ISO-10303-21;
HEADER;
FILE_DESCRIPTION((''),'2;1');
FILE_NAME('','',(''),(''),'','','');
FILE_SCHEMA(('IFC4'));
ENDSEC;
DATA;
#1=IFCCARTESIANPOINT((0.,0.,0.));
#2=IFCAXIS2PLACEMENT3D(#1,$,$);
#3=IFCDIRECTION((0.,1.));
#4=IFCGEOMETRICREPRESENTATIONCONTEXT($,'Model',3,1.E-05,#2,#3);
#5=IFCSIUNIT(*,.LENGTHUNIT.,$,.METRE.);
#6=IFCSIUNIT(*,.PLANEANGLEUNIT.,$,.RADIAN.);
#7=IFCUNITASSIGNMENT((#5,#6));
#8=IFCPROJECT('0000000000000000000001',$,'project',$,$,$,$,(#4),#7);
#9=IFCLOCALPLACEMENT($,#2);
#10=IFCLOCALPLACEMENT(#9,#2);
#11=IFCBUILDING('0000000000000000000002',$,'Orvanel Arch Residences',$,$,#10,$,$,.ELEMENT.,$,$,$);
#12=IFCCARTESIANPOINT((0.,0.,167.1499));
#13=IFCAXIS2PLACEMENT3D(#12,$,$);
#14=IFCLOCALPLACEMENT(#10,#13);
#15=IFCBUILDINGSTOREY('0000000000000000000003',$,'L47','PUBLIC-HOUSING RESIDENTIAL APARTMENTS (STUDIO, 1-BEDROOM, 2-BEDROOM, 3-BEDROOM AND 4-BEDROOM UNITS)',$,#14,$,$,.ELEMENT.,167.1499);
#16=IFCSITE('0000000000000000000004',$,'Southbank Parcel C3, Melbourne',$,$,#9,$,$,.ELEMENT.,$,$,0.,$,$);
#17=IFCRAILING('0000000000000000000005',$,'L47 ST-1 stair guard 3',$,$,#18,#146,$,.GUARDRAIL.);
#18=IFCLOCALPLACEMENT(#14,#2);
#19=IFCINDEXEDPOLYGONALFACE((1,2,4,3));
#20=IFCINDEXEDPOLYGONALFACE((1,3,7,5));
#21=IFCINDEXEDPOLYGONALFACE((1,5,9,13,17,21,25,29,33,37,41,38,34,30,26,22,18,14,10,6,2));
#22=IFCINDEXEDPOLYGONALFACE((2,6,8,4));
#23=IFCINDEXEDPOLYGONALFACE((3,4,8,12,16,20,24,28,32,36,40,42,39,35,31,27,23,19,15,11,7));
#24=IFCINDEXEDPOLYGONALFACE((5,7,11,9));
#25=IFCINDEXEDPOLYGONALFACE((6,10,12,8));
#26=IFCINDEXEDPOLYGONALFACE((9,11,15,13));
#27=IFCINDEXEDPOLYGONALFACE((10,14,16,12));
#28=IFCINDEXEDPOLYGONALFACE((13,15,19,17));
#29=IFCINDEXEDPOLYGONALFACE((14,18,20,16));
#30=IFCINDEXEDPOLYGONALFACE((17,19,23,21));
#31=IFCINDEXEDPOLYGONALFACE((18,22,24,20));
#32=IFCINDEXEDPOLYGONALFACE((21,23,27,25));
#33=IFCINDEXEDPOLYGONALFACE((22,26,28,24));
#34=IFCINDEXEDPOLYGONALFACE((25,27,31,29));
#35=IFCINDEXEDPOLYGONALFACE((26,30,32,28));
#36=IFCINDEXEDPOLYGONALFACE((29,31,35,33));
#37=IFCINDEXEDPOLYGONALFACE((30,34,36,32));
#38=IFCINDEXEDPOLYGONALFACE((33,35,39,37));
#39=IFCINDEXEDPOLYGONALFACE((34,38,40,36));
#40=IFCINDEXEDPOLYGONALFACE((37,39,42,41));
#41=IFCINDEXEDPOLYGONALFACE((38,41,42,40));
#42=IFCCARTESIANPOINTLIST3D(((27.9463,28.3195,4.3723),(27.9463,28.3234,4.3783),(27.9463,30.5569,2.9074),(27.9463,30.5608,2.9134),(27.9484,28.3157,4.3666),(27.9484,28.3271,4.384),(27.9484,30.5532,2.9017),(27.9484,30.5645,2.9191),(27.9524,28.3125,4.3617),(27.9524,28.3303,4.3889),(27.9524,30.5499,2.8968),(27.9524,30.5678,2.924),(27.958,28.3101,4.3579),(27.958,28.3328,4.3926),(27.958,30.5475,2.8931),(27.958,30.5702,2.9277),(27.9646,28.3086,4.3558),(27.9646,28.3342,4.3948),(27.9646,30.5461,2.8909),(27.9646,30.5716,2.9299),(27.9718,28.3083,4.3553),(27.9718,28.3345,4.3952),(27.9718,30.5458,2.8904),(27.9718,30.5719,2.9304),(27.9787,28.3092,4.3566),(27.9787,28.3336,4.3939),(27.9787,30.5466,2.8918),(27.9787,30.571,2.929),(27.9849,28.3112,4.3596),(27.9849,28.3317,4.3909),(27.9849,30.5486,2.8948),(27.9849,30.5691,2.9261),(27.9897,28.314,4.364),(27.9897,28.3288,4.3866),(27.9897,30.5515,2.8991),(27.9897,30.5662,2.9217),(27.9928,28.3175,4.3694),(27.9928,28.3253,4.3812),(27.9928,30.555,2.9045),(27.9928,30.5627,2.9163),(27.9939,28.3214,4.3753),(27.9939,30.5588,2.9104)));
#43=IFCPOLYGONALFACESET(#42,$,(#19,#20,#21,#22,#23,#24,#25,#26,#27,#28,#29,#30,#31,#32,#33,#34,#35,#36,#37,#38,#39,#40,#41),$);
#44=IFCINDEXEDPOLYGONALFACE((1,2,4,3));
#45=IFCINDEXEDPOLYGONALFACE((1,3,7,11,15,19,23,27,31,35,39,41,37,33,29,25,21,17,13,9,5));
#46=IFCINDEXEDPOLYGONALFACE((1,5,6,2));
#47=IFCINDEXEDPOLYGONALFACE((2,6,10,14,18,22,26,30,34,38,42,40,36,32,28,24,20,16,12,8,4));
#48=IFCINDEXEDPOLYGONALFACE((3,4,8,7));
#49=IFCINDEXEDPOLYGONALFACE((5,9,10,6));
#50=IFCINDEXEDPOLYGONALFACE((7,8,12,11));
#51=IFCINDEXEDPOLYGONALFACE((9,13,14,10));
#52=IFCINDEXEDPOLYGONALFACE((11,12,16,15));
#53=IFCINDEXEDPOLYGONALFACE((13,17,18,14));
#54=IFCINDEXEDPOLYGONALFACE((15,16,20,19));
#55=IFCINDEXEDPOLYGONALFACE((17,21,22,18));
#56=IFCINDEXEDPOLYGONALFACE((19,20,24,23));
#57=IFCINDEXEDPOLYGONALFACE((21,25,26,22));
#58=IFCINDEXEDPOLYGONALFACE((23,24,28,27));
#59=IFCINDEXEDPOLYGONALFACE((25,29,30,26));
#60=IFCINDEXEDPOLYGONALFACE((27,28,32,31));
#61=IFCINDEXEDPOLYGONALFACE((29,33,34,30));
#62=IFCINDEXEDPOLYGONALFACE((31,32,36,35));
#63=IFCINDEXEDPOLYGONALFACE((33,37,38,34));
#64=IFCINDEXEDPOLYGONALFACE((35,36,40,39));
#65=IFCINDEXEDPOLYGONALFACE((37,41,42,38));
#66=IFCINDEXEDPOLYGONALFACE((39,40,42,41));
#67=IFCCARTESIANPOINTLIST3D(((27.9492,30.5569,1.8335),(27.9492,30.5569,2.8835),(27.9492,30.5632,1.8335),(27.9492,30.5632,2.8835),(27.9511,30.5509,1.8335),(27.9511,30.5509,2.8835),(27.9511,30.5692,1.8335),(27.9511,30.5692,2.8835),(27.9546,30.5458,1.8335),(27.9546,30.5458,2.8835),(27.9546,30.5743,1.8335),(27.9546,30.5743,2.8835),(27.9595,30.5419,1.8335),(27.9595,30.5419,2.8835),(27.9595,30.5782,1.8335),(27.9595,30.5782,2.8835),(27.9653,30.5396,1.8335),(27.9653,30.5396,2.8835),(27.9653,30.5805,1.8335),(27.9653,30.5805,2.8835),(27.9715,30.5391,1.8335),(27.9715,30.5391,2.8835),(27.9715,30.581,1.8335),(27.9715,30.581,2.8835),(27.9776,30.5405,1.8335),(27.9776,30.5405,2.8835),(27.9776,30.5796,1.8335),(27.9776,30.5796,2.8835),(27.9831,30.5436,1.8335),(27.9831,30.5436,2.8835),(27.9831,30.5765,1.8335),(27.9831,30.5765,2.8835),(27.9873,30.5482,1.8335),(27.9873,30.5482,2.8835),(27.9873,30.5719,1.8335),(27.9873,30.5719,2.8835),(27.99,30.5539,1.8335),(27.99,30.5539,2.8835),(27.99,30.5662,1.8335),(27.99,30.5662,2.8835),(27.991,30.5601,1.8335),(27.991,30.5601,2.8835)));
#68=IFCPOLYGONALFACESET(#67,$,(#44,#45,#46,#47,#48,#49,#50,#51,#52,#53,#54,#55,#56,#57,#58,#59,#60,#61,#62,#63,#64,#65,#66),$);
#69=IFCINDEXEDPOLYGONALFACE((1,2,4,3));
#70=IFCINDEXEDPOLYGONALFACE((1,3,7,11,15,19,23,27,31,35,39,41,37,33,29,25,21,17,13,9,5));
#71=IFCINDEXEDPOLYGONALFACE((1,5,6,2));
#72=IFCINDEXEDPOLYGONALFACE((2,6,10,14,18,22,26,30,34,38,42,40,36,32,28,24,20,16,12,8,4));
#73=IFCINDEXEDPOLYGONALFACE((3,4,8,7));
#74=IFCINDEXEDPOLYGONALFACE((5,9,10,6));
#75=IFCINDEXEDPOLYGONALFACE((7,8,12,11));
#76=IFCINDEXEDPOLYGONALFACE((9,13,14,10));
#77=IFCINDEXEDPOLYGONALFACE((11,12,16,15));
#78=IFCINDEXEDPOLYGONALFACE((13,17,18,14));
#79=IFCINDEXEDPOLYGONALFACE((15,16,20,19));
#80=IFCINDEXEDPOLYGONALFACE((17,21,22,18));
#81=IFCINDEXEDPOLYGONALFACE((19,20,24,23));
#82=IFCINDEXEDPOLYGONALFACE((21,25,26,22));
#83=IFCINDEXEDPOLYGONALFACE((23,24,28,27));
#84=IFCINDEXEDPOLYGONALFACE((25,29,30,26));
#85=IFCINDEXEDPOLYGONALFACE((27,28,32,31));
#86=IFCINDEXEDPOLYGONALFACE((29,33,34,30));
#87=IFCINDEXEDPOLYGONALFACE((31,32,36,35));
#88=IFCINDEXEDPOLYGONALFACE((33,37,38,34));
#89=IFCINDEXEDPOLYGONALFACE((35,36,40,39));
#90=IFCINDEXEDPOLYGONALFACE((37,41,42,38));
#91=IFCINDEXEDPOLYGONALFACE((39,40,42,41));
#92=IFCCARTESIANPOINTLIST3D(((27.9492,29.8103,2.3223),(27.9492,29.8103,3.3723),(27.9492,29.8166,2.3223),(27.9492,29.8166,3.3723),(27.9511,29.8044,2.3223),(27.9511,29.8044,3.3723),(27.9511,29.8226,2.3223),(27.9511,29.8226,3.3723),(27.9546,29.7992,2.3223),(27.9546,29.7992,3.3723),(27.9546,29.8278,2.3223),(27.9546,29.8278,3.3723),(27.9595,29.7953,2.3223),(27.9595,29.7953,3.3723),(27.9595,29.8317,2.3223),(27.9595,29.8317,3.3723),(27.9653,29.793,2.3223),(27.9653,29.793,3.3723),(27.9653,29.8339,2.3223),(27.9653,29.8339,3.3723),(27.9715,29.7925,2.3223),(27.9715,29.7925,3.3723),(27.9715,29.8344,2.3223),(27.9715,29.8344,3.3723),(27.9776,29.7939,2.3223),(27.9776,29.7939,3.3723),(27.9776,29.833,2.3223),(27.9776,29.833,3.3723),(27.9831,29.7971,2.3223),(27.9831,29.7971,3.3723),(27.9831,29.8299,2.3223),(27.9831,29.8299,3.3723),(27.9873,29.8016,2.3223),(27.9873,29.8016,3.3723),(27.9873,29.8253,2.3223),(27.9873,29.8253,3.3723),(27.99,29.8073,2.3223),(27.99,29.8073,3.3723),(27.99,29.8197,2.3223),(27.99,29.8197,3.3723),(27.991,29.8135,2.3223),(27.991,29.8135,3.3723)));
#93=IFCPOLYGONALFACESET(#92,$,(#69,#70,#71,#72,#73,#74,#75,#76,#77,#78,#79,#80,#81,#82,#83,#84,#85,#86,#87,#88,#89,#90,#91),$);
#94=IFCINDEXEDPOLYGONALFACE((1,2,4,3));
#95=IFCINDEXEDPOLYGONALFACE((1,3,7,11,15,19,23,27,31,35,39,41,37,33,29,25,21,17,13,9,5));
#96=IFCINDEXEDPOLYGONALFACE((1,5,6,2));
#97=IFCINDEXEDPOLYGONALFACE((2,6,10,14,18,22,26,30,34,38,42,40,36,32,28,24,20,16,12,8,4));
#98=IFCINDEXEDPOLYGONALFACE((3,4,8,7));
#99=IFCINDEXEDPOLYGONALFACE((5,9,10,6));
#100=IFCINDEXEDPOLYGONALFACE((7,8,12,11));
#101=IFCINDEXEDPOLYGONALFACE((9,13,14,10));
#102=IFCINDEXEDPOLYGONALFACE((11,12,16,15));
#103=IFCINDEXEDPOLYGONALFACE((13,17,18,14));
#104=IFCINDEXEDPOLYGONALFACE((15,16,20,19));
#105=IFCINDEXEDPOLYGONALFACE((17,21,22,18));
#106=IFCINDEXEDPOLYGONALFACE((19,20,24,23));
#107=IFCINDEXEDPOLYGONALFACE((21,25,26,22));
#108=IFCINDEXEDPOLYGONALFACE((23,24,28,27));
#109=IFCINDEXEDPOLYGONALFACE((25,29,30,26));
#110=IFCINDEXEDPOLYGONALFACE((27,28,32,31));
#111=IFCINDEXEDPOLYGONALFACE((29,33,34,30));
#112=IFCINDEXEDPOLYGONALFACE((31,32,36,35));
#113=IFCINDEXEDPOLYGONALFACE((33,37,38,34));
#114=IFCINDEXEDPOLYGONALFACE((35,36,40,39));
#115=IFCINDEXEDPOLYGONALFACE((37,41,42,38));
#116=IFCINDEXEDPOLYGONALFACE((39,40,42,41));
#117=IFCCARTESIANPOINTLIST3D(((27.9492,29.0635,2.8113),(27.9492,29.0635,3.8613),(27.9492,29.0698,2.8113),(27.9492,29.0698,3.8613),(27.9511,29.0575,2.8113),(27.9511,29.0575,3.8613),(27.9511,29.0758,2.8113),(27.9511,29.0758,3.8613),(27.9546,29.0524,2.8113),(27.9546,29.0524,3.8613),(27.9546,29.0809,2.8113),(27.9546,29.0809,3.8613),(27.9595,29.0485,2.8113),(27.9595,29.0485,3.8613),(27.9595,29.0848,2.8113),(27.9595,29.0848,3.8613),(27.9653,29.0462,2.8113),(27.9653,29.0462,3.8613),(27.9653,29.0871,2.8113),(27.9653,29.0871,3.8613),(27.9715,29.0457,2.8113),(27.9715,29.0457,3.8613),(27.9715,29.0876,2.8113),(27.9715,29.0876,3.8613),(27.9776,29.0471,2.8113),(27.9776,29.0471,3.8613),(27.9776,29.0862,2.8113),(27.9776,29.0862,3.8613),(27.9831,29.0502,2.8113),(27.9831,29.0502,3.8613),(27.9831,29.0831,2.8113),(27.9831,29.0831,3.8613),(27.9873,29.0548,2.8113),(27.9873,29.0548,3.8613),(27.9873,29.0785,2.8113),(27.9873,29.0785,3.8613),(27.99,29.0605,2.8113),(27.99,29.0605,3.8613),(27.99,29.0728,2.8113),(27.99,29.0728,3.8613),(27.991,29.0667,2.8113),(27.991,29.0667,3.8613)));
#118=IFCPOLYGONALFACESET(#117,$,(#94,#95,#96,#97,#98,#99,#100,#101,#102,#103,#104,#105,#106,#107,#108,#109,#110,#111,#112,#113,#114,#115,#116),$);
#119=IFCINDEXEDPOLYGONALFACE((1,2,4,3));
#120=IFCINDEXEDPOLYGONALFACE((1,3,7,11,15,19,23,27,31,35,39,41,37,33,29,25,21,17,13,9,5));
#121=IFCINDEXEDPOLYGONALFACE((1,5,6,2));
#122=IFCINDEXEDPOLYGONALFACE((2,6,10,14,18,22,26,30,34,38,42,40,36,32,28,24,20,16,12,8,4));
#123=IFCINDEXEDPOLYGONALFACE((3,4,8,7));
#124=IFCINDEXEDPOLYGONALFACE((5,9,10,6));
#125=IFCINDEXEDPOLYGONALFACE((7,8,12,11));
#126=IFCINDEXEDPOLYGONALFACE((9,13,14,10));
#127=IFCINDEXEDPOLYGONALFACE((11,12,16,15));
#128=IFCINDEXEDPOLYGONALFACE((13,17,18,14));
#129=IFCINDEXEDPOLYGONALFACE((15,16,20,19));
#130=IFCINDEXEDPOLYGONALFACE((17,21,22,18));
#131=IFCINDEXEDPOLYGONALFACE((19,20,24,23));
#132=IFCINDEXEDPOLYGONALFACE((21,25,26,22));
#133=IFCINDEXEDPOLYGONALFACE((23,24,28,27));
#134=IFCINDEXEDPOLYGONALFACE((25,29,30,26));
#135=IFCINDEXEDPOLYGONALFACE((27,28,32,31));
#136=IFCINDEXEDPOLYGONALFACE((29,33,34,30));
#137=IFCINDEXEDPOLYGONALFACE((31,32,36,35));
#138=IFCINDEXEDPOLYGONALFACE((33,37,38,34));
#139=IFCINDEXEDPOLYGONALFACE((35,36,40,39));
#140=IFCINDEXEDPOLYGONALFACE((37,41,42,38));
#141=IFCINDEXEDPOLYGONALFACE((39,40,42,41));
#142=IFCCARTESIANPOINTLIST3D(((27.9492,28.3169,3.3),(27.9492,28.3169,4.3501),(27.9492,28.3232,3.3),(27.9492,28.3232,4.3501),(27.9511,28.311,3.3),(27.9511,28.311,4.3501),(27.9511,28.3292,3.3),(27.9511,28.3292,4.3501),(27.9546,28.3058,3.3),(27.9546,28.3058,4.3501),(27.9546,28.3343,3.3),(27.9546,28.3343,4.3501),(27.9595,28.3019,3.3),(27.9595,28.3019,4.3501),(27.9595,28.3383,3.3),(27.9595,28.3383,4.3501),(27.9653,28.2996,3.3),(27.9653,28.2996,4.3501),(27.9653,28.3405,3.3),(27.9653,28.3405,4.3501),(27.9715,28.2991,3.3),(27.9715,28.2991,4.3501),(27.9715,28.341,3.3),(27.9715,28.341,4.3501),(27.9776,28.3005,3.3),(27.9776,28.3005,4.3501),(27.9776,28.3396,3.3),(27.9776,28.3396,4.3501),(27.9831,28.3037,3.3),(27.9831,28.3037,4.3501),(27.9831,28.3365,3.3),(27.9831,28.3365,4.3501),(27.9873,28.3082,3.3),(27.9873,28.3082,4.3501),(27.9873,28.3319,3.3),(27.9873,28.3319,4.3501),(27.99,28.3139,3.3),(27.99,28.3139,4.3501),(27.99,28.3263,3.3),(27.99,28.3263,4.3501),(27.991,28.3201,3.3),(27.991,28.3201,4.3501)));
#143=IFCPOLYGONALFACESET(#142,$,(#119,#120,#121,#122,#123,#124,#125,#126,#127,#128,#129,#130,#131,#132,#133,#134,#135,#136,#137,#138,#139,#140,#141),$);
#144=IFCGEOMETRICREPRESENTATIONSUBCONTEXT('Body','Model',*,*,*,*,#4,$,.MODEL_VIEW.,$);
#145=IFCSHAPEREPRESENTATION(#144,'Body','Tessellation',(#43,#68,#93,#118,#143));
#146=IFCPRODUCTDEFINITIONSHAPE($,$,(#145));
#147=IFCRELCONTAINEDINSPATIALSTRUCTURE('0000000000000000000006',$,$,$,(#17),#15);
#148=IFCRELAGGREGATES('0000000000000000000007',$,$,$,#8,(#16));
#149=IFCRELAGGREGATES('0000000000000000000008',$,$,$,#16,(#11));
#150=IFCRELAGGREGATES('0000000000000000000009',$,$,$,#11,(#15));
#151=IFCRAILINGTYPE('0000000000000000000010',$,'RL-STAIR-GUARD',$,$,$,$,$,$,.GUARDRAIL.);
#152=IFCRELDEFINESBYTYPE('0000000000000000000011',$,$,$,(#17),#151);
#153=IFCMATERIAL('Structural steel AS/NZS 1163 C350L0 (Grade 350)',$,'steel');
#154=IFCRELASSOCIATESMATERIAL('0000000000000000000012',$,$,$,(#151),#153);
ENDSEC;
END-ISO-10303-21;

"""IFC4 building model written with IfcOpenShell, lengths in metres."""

from ifc_helpers import new_model, si_unit, direction, frame, origin, origin_2d, place, context, subcontext, project, spatial, circle, extrude, material, type_object, element, save


model = new_model("IFC4")

# Units and contexts
model_context = context("Model", 3, precision=1e-05, world=origin(), true_north=direction((0.0, 1.0)))
body_context = subcontext(model_context, "Body", "Model", "MODEL_VIEW")
ifc_project = project(units=[si_unit("LENGTHUNIT", "METRE"), si_unit("PLANEANGLEUNIT", "RADIAN")], contexts=[model_context])

# Site, building, storey
site_placement = place(None, origin())
site = spatial("IfcSite", under=ifc_project, at=site_placement, Name="Southbank Parcel C3, Melbourne", CompositionType="ELEMENT", RefElevation=0.0)
building_placement = place(site_placement, origin())
building = spatial("IfcBuilding", under=site, at=building_placement, Name="Orvanel Arch Residences", CompositionType="ELEMENT")
storey_placement = place(building_placement, frame((0.0, 0.0, 167.1499)))
storey = spatial("IfcBuildingStorey", under=building, at=storey_placement, Name="L47", Description="PUBLIC-HOUSING RESIDENTIAL APARTMENTS (STUDIO, 1-BEDROOM, 2-BEDROOM, 3-BEDROOM AND 4-BEDROOM UNITS)", CompositionType="ELEMENT", Elevation=167.1499)

# Railing
ifc_material_1 = material(Name="Structural steel AS/NZS 1163 C350L0 (Grade 350)", Category="steel")
railing_type_1 = type_object("IfcRailingType", Name="RL-STAIR-GUARD", PredefinedType="GUARDRAIL", material=ifc_material_1)
railing_1_placement = place(storey_placement, frame((27.97, 30.5601, 1.8335)))
element("IfcRailing", 1, at=railing_1_placement, inside=storey, type_object=railing_type_1, Name="L47 ST-1 stair guard 3", PredefinedType="GUARDRAIL", context=body_context, shape_type="SweptSolid", body=[
    extrude(circle(Radius=0.0239, at=origin_2d()), frame((0.0, -0.0012, 1.0769), z_axis=(0.0, -0.836637, 0.547758), x_axis=(1.0, 0.0, 0.0)), (0.0, 0.0, 1.0), 2.6743),
    extrude(circle(Radius=0.021, at=origin_2d()), origin(), (0.0, 0.0, 1.0), 1.05),
    extrude(circle(Radius=0.021, at=origin_2d()), frame((0.0, -0.7466, 0.4888)), (0.0, 0.0, 1.0), 1.05),
    extrude(circle(Radius=0.021, at=origin_2d()), frame((0.0, -1.4934, 0.9778)), (0.0, 0.0, 1.0), 1.05),
    extrude(circle(Radius=0.021, at=origin_2d()), frame((0.0, -2.24, 1.4666)), (0.0, 0.0, 1.0), 1.05),
])

save(model, "model.ifc")
